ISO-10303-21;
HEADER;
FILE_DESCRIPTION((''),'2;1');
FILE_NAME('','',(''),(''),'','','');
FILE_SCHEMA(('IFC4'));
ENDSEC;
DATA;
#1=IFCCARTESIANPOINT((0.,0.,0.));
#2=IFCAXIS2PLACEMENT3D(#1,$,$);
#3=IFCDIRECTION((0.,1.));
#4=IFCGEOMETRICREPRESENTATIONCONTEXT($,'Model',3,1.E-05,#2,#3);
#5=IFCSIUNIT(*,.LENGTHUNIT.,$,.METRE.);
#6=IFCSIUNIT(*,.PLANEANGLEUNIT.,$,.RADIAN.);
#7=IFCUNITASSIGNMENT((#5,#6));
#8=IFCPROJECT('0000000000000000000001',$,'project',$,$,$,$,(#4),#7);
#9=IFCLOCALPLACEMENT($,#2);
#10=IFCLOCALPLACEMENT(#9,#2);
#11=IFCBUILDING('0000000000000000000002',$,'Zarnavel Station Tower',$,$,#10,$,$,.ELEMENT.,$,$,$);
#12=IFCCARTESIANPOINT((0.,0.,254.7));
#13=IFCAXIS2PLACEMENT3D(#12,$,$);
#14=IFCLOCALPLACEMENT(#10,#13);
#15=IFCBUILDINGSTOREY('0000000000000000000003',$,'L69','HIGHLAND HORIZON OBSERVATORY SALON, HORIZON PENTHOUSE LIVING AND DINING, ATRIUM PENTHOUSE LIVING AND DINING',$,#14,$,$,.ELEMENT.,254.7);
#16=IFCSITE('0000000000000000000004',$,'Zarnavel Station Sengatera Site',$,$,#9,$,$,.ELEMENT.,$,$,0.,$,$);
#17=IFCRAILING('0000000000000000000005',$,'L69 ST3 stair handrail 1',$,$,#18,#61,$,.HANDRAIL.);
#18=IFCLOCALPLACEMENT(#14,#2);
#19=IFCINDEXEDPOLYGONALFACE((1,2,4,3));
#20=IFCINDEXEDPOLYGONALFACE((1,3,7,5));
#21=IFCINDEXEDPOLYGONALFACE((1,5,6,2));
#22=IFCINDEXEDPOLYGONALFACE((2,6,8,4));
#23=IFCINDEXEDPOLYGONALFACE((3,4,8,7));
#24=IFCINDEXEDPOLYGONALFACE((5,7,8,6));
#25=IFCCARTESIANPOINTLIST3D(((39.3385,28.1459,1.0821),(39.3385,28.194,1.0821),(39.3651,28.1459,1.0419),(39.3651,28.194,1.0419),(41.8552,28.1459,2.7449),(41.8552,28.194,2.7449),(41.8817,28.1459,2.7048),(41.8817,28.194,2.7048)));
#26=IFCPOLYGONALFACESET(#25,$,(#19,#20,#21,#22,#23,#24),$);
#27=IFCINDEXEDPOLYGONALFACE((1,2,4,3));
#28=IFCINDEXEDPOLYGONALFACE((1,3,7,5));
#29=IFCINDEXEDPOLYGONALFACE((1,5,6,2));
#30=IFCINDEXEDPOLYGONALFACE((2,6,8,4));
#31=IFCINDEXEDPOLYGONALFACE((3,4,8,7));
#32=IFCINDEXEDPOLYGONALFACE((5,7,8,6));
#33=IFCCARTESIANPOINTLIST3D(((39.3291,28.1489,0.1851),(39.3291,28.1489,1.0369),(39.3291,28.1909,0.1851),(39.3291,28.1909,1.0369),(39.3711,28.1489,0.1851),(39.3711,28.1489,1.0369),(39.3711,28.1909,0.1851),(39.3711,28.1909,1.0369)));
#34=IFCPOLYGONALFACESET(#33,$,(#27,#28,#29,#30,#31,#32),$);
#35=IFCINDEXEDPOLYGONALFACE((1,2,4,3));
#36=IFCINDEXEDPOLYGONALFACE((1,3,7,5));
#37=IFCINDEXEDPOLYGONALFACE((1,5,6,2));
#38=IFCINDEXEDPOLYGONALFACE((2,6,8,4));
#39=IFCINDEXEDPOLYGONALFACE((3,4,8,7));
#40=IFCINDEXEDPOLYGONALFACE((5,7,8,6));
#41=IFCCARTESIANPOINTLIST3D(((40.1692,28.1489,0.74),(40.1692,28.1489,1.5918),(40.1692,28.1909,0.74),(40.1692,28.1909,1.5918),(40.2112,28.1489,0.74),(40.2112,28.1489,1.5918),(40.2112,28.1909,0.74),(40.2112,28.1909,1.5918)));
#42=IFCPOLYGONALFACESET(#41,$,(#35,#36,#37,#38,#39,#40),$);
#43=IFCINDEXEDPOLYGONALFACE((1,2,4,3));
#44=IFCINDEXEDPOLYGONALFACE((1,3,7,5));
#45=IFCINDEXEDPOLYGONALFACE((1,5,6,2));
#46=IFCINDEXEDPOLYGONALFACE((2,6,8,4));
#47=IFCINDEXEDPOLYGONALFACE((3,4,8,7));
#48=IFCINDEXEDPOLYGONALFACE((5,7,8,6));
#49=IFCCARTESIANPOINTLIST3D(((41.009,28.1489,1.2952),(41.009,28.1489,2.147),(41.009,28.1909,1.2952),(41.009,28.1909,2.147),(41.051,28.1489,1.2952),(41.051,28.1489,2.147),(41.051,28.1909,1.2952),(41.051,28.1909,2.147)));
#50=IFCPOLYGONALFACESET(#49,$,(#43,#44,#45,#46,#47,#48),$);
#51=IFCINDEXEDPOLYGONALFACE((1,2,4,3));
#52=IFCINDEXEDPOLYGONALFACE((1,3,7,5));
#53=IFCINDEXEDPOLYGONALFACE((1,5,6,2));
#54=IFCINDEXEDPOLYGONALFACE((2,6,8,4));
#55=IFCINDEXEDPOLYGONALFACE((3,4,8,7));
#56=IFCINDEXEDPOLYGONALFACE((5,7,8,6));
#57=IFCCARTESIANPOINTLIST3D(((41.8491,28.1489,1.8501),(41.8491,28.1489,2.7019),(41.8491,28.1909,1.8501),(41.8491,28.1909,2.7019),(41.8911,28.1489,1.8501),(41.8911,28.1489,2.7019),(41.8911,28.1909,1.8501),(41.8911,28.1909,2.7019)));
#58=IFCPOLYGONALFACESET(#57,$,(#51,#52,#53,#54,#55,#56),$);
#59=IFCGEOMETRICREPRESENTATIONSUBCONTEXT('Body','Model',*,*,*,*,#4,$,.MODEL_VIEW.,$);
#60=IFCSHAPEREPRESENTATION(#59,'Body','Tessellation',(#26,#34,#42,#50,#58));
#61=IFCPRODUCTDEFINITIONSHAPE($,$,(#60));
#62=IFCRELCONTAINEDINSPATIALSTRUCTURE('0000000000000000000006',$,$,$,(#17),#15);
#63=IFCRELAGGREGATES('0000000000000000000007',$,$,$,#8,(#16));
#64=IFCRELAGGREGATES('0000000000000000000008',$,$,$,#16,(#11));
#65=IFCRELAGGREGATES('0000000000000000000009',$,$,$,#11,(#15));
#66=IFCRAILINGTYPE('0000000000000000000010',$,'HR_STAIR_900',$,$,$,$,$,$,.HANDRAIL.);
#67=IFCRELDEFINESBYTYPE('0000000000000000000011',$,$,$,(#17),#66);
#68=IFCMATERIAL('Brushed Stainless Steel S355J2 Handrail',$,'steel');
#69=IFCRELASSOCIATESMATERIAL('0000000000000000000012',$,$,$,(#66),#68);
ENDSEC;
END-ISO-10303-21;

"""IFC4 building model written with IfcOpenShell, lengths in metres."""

from ifc_helpers import new_model, si_unit, direction, frame, origin, origin_2d, place, context, subcontext, project, spatial, rectangle, extrude, material, type_object, element, save


model = new_model("IFC4")

# Units and contexts
model_context = context("Model", 3, precision=1e-05, world=origin(), true_north=direction((0.0, 1.0)))
body_context = subcontext(model_context, "Body", "Model", "MODEL_VIEW")
ifc_project = project(units=[si_unit("LENGTHUNIT", "METRE"), si_unit("PLANEANGLEUNIT", "RADIAN")], contexts=[model_context])

# Site, building, storey
site_placement = place(None, origin())
site = spatial("IfcSite", under=ifc_project, at=site_placement, Name="Zarnavel Station Sengatera Site", CompositionType="ELEMENT", RefElevation=0.0)
building_placement = place(site_placement, origin())
building = spatial("IfcBuilding", under=site, at=building_placement, Name="Zarnavel Station Tower", CompositionType="ELEMENT")
storey_placement = place(building_placement, frame((0.0, 0.0, 254.7)))
storey = spatial("IfcBuildingStorey", under=building, at=storey_placement, Name="L69", Description="HIGHLAND HORIZON OBSERVATORY SALON, HORIZON PENTHOUSE LIVING AND DINING, ATRIUM PENTHOUSE LIVING AND DINING", CompositionType="ELEMENT", Elevation=254.7)

# Railing
ifc_material_1 = material(Name="Brushed Stainless Steel S355J2 Handrail", Category="steel")
railing_type_1 = type_object("IfcRailingType", Name="HR_STAIR_900", PredefinedType="HANDRAIL", material=ifc_material_1)
railing_1_placement = place(storey_placement, frame((39.3501, 28.1699, 0.1851)))
element("IfcRailing", 1, at=railing_1_placement, inside=storey, type_object=railing_type_1, Name="L69 ST3 stair handrail 1", PredefinedType="HANDRAIL", context=body_context, shape_type="SweptSolid", body=[
    extrude(rectangle(XDim=0.0481, YDim=0.0481, at=origin_2d()), frame((0.0017, 0.0, 0.877), z_axis=(0.834331, 0.0, 0.551263), x_axis=(0.0, 1.0, 0.0)), (0.0, 0.0, 1.0), 3.0164),
    extrude(rectangle(XDim=0.042, YDim=0.042, at=origin_2d()), origin(), (0.0, 0.0, 1.0), 0.8518),
    extrude(rectangle(XDim=0.042, YDim=0.042, at=origin_2d()), frame((0.8401, 0.0, 0.5549)), (0.0, 0.0, 1.0), 0.8518),
    extrude(rectangle(XDim=0.042, YDim=0.042, at=origin_2d()), frame((1.6799, 0.0, 1.1101)), (0.0, 0.0, 1.0), 0.8518),
    extrude(rectangle(XDim=0.042, YDim=0.042, at=origin_2d()), frame((2.52, 0.0, 1.665)), (0.0, 0.0, 1.0), 0.8518),
])

save(model, "model.ifc")
